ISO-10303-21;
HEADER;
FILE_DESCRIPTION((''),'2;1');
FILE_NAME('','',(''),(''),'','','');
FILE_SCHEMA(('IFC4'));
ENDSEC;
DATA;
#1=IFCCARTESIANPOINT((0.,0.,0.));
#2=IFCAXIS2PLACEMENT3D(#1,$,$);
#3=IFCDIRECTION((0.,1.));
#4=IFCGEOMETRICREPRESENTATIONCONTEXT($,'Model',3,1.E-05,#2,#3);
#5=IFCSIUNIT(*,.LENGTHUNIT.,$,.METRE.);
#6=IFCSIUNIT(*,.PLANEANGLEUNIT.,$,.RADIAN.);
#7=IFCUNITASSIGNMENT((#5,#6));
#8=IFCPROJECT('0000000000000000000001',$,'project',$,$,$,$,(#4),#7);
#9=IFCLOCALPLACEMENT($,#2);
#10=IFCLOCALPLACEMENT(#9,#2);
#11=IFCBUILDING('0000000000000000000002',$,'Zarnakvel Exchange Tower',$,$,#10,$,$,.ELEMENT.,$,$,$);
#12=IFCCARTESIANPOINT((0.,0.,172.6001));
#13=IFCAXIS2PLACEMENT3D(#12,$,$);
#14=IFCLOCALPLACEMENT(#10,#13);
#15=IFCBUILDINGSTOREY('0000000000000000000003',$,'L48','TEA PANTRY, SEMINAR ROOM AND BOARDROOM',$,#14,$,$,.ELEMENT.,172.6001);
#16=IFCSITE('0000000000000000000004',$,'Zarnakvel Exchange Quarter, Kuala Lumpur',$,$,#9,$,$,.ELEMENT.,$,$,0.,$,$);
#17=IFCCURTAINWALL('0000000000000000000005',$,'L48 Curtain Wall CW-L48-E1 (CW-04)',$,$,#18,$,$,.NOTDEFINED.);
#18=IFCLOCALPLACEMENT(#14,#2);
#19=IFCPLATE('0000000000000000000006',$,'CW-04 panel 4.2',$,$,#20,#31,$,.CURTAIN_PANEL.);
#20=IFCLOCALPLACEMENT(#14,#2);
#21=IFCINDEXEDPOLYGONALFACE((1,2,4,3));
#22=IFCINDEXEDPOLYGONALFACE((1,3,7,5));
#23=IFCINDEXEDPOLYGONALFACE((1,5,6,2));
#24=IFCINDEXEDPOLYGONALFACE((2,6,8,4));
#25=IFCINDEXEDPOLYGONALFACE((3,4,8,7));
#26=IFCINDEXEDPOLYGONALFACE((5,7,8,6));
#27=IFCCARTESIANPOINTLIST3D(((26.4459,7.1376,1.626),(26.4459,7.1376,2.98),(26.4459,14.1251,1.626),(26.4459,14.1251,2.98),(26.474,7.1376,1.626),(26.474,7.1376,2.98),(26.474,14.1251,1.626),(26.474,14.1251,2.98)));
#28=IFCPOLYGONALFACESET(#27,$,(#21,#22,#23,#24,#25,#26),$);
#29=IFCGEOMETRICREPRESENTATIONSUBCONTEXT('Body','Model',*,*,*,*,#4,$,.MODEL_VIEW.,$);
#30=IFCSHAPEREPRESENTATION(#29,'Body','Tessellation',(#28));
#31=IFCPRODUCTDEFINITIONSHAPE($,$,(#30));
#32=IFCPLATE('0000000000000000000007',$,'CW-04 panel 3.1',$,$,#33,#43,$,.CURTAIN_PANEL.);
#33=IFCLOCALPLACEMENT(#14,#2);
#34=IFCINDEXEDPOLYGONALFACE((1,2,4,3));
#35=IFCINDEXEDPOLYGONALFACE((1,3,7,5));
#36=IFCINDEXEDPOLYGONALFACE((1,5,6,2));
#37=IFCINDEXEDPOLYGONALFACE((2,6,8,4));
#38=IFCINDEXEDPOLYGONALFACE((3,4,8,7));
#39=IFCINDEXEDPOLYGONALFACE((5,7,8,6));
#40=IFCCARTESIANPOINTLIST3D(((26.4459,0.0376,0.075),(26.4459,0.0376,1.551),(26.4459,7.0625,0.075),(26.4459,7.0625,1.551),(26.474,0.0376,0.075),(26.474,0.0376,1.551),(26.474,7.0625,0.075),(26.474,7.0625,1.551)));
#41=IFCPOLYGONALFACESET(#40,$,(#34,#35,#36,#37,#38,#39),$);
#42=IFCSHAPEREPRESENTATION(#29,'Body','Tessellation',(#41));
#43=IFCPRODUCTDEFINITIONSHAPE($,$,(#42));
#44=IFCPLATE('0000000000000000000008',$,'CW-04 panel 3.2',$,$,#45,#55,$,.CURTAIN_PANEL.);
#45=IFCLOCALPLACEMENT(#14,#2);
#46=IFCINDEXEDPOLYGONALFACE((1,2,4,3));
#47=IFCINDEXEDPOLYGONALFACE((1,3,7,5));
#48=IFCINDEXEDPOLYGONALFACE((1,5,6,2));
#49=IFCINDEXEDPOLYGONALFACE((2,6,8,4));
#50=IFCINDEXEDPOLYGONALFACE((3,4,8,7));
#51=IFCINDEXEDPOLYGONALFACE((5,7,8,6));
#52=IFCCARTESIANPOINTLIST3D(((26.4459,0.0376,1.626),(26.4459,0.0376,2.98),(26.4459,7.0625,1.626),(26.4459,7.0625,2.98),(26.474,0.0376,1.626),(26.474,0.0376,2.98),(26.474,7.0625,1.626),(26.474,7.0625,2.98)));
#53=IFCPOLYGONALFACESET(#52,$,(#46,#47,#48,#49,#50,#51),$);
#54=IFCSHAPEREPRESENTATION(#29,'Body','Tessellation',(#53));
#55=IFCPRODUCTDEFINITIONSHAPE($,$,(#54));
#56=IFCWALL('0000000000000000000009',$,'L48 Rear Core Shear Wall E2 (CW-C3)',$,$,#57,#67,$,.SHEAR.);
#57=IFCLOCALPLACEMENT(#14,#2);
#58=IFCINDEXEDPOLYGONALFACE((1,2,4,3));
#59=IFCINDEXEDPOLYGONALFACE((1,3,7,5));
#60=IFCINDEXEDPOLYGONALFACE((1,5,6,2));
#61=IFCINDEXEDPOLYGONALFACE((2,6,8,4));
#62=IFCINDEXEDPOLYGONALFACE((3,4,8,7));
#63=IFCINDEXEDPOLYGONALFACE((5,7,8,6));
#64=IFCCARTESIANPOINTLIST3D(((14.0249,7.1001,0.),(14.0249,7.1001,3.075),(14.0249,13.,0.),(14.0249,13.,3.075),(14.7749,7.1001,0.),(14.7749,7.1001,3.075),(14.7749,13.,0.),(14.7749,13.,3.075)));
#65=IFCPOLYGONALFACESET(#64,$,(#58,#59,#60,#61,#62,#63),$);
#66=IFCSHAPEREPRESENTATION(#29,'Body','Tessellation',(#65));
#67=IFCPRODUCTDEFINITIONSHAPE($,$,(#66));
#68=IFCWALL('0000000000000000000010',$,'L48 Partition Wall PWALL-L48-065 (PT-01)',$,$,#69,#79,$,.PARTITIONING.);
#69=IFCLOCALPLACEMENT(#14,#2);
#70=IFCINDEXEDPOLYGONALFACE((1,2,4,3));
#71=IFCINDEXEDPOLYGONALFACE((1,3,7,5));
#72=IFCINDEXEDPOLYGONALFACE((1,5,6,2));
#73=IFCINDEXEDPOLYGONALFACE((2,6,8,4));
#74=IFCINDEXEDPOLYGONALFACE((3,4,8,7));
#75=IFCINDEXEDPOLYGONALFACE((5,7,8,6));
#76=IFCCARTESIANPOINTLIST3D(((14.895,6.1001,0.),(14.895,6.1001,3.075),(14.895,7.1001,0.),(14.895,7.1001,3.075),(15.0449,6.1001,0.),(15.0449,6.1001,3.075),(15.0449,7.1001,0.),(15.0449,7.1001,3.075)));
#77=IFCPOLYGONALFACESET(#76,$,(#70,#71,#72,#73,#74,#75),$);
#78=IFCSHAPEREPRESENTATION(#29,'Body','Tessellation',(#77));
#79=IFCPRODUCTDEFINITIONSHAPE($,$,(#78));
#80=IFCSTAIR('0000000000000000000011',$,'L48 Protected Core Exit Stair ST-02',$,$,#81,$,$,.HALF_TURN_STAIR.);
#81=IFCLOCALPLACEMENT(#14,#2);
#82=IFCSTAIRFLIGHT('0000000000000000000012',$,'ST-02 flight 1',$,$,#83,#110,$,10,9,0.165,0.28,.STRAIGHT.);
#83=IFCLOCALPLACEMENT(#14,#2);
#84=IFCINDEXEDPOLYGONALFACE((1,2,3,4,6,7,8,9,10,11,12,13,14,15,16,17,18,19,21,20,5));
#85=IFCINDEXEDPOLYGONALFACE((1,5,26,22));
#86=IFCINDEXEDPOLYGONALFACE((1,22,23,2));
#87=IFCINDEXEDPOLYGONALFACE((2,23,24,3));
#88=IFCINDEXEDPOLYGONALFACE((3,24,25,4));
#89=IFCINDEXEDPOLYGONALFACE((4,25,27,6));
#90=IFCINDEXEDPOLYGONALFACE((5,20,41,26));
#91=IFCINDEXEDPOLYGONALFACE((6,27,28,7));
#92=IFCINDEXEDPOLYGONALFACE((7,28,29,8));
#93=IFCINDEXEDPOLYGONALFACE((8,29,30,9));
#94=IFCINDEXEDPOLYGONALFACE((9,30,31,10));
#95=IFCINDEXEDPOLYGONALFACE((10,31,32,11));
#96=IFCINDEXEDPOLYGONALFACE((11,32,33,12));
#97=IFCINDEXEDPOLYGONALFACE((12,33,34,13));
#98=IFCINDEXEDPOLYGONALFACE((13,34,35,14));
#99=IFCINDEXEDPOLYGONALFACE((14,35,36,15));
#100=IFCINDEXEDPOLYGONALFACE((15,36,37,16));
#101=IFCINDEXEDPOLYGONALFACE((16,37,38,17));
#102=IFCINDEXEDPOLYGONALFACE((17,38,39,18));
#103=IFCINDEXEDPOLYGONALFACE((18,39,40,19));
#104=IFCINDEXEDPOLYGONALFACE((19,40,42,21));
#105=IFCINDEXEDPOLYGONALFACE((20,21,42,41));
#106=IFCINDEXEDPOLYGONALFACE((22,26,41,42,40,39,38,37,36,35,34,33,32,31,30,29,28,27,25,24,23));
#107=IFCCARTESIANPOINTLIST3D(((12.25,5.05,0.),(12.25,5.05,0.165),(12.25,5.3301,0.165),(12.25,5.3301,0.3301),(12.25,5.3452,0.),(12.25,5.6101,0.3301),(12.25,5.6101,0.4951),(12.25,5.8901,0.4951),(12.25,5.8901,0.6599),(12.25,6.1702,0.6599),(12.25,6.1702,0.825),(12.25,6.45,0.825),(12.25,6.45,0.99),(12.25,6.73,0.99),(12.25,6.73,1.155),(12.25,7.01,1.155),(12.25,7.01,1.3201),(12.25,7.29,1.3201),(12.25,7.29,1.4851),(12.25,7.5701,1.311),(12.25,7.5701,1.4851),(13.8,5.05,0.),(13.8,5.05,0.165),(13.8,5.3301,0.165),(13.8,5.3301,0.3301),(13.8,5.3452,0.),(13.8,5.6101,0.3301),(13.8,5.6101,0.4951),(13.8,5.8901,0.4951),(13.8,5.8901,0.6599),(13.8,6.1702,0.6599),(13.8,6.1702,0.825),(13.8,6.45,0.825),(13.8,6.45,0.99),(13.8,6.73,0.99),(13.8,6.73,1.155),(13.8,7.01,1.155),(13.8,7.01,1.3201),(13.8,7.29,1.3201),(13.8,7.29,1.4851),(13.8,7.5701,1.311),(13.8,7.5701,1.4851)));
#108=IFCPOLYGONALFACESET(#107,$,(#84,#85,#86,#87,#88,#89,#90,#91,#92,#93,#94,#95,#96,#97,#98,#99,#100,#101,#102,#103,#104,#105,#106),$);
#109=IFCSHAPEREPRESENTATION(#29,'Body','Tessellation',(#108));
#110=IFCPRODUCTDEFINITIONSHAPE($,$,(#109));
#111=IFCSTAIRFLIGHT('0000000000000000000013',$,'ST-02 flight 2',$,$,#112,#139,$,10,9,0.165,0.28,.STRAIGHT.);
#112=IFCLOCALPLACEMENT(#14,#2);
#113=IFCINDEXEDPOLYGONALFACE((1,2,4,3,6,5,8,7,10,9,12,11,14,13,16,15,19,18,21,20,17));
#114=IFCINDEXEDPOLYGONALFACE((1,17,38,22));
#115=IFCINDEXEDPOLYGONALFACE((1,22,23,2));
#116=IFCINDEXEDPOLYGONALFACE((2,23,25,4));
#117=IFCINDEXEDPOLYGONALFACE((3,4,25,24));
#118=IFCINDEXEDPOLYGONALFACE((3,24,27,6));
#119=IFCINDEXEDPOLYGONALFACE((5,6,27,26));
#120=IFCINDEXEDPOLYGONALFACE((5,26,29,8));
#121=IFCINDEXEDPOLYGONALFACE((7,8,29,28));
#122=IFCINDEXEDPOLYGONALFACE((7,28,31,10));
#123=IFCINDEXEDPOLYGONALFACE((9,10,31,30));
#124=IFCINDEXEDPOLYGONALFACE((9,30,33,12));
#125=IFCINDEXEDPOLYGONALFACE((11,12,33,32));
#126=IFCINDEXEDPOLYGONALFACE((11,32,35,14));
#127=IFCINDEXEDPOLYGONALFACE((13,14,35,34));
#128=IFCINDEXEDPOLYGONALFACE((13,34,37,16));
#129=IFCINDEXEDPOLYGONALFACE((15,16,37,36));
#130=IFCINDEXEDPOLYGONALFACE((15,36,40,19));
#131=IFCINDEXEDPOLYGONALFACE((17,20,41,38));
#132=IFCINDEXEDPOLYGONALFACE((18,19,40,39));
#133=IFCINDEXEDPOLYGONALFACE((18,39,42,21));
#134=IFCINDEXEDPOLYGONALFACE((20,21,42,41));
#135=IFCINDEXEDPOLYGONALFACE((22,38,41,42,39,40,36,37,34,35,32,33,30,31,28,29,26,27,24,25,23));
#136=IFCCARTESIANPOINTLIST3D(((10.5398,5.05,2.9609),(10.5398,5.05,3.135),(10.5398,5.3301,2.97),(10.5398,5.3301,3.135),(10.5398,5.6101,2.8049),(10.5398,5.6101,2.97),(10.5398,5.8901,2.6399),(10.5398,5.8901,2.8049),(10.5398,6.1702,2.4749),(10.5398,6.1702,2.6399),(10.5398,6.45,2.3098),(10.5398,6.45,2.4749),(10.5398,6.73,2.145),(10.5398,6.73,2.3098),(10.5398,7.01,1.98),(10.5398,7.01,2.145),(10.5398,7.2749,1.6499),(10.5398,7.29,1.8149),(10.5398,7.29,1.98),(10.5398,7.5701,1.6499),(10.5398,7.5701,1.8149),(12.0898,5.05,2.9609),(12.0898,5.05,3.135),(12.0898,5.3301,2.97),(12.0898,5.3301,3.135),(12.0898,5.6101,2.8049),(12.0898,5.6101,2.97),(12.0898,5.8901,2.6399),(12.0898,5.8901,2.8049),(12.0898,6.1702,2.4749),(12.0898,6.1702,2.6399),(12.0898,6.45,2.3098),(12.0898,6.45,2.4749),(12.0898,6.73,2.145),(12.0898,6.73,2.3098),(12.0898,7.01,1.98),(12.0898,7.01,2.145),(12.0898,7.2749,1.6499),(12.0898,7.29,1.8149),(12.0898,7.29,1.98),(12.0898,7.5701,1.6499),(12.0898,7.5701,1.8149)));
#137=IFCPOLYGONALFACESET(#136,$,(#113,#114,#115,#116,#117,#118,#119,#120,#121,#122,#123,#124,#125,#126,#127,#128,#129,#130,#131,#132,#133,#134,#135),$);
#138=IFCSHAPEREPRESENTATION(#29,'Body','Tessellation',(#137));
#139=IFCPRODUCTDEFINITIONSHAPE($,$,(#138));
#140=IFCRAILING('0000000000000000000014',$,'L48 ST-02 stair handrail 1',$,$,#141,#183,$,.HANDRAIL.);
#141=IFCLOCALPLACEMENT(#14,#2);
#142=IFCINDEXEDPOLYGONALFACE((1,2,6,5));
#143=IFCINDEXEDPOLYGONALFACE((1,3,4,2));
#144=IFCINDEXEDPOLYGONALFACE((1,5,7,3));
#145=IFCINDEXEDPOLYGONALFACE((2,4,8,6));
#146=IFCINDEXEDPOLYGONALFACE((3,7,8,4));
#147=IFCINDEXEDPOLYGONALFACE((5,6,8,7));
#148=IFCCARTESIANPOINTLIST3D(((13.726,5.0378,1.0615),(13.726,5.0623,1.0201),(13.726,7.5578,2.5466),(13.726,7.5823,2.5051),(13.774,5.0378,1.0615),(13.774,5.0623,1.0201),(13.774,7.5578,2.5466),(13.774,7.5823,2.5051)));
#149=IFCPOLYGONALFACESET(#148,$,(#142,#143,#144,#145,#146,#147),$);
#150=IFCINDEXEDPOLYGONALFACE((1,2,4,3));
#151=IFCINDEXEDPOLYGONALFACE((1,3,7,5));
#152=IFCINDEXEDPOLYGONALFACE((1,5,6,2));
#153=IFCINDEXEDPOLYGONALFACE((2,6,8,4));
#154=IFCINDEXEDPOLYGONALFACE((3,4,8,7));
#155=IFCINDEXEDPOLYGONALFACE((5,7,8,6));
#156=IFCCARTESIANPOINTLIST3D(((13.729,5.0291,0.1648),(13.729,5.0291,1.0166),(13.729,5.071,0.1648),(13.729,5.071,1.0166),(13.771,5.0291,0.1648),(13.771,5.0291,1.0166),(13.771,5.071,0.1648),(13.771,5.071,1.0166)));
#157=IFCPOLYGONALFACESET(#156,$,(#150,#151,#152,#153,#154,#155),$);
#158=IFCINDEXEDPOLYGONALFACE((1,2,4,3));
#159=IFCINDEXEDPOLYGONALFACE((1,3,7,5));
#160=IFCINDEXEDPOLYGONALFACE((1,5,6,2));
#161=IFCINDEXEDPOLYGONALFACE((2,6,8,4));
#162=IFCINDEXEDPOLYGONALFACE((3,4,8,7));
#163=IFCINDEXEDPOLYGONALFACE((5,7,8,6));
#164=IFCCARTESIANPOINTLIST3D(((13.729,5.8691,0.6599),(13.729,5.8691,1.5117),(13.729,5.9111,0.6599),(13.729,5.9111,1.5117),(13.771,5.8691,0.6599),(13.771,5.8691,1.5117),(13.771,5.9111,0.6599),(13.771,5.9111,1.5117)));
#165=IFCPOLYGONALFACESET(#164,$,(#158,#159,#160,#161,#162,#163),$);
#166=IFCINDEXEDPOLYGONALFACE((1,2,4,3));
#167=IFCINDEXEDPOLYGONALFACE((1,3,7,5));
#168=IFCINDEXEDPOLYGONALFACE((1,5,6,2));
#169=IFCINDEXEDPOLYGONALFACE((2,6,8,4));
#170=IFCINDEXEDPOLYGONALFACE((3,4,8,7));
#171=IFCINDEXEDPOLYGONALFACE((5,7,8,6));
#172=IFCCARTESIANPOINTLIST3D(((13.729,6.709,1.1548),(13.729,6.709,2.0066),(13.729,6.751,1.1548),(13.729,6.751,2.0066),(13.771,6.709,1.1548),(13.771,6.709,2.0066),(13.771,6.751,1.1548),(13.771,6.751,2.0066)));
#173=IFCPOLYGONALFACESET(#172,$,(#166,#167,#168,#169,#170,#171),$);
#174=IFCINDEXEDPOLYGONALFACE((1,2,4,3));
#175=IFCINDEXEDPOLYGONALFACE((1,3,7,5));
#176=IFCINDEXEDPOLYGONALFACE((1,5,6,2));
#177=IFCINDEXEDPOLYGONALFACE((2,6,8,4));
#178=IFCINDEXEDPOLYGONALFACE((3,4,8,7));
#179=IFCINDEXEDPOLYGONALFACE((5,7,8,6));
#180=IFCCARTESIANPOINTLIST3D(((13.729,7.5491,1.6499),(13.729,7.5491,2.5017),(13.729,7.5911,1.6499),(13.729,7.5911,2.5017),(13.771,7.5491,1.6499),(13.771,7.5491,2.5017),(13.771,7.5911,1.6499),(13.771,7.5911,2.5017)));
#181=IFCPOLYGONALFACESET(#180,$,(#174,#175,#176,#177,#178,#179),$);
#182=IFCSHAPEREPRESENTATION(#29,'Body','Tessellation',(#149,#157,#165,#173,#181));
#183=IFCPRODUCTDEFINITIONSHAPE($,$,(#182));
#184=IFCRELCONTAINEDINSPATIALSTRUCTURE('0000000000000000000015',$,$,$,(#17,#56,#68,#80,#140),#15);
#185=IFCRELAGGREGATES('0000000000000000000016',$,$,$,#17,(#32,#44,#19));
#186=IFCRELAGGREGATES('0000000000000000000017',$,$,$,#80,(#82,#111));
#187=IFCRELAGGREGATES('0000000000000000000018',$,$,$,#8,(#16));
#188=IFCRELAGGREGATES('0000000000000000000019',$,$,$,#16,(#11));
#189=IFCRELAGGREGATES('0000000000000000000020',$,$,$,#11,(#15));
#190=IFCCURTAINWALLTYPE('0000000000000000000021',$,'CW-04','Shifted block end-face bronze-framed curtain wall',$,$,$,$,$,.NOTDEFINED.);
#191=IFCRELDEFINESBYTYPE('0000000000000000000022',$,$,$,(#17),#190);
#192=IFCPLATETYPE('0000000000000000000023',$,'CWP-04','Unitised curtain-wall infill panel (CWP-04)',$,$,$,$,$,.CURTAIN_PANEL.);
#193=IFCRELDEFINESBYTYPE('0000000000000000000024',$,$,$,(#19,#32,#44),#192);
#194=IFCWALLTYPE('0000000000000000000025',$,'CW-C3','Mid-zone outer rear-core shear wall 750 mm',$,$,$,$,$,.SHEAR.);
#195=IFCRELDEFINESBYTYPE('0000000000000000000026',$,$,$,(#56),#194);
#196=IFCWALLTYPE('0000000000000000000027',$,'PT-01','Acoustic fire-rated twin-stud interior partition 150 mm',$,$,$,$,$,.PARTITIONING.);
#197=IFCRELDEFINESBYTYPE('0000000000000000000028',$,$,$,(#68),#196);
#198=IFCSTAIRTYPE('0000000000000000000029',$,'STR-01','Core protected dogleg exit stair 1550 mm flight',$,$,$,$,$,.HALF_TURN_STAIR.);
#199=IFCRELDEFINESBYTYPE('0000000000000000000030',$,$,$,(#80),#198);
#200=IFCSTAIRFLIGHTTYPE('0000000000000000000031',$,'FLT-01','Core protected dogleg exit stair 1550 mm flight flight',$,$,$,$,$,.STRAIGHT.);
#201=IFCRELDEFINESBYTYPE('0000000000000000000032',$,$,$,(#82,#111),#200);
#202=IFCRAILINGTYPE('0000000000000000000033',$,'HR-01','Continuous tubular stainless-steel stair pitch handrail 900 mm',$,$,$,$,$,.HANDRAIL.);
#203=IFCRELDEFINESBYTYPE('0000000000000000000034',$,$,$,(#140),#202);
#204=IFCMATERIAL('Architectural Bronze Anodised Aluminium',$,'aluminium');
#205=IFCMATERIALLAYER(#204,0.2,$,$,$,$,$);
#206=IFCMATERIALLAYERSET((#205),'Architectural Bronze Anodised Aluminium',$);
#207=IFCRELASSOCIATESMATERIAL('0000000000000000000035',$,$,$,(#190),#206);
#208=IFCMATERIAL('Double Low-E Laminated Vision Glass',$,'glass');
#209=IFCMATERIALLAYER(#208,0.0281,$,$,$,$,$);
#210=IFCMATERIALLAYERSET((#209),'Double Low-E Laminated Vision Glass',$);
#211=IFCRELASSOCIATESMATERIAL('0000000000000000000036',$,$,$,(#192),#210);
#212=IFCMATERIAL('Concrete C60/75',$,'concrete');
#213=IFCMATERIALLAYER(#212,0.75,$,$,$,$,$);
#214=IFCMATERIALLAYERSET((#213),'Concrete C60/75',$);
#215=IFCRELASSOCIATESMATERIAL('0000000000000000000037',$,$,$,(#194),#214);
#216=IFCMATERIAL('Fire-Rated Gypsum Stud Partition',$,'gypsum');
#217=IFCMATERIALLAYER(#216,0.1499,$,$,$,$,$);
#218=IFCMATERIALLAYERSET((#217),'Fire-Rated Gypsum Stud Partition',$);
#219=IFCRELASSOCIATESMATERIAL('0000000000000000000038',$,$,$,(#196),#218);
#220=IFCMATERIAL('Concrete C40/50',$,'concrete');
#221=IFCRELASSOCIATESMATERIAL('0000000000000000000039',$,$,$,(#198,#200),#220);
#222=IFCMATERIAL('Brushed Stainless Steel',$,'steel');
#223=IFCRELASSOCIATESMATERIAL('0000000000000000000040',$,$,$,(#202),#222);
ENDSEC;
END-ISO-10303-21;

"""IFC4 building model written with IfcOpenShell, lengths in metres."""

from ifc_helpers import new_model, si_unit, direction, frame, frame_2d, origin, origin_2d, place, context, subcontext, project, spatial, polyline, rectangle, outline, extrude, source, transform, mapped, material, layer, layer_set, type_object, element, aggregate, save


model = new_model("IFC4")

# Units and contexts
model_context = context("Model", 3, precision=1e-05, world=origin(), true_north=direction((0.0, 1.0)))
body_context = subcontext(model_context, "Body", "Model", "MODEL_VIEW")
ifc_project = project(units=[si_unit("LENGTHUNIT", "METRE"), si_unit("PLANEANGLEUNIT", "RADIAN")], contexts=[model_context])

# Site, building, storey
site_placement = place(None, origin())
site = spatial("IfcSite", under=ifc_project, at=site_placement, Name="Zarnakvel Exchange Quarter, Kuala Lumpur", CompositionType="ELEMENT", RefElevation=0.0)
building_placement = place(site_placement, origin())
building = spatial("IfcBuilding", under=site, at=building_placement, Name="Zarnakvel Exchange Tower", CompositionType="ELEMENT")
storey_placement = place(building_placement, frame((0.0, 0.0, 172.6001)))
storey = spatial("IfcBuildingStorey", under=building, at=storey_placement, Name="L48", Description="TEA PANTRY, SEMINAR ROOM AND BOARDROOM", CompositionType="ELEMENT", Elevation=172.6001)

# Shared definitions
ifc_material_1 = material(Name="Concrete C60/75", Category="concrete")

# Curtain wall, plates
ifc_material_2 = material(Name="Architectural Bronze Anodised Aluminium", Category="aluminium")
ifc_layer_1 = layer(ifc_material_2, 0.2)
ifc_layer_set_1 = layer_set([ifc_layer_1], Name="Architectural Bronze Anodised Aluminium")
curtain_wall_type = type_object("IfcCurtainWallType", Name="CW-04", Description="Shifted block end-face bronze-framed curtain wall", PredefinedType="NOTDEFINED", material=ifc_layer_set_1)
curtain_wall_placement = place(storey_placement, origin())
curtain_wall = element("IfcCurtainWall", 1, at=curtain_wall_placement, inside=storey, type_object=curtain_wall_type, Name="L48 Curtain Wall CW-L48-E1 (CW-04)", PredefinedType="NOTDEFINED")
ifc_material_3 = material(Name="Double Low-E Laminated Vision Glass", Category="glass")
ifc_layer_2 = layer(ifc_material_3, 0.0281)
ifc_layer_set_2 = layer_set([ifc_layer_2], Name="Double Low-E Laminated Vision Glass")
plate_type = type_object("IfcPlateType", Name="CWP-04", Description="Unitised curtain-wall infill panel (CWP-04)", PredefinedType="CURTAIN_PANEL", material=ifc_layer_set_2)
shared_shape_1 = source(origin(), body_context, "Body", "SweptSolid", [
    extrude(rectangle(XDim=6.9875, YDim=0.0281, at=origin_2d()), origin(), (0.0, 0.0, 1.0), 1.354),
])
plate_1_placement = place(storey_placement, frame((26.46, 10.6313, 1.626), z_axis=(0.0, 0.0, 1.0), x_axis=(0.0, 1.0, 0.0)))
plate_1 = element("IfcPlate", 2, at=plate_1_placement, type_object=plate_type, Name="CW-04 panel 4.2", PredefinedType="CURTAIN_PANEL", context=body_context, shape_type="MappedRepresentation", body=[
    mapped(shared_shape_1, transform((0.0, 0.0, 0.0), x_axis=(1.0, 0.0, 0.0), y_axis=(0.0, 1.0, 0.0), z_axis=(0.0, 0.0, 1.0), scale=1.0)),
])
shared_shape_2 = source(origin(), body_context, "Body", "SweptSolid", [
    extrude(rectangle(XDim=7.0249, YDim=0.0281, at=origin_2d()), origin(), (0.0, 0.0, 1.0), 1.4761),
])
plate_2_placement = place(storey_placement, frame((26.46, 3.55, 0.075), z_axis=(0.0, 0.0, 1.0), x_axis=(0.0, 1.0, 0.0)))
plate_2 = element("IfcPlate", 3, at=plate_2_placement, type_object=plate_type, Name="CW-04 panel 3.1", PredefinedType="CURTAIN_PANEL", context=body_context, shape_type="MappedRepresentation", body=[
    mapped(shared_shape_2, transform((0.0, 0.0, 0.0), x_axis=(1.0, 0.0, 0.0), y_axis=(0.0, 1.0, 0.0), z_axis=(0.0, 0.0, 1.0), scale=1.0)),
])
shared_shape_3 = source(origin(), body_context, "Body", "SweptSolid", [
    extrude(rectangle(XDim=7.0249, YDim=0.0281, at=origin_2d()), origin(), (0.0, 0.0, 1.0), 1.354),
])
plate_3_placement = place(storey_placement, frame((26.46, 3.55, 1.626), z_axis=(0.0, 0.0, 1.0), x_axis=(0.0, 1.0, 0.0)))
plate_3 = element("IfcPlate", 4, at=plate_3_placement, type_object=plate_type, Name="CW-04 panel 3.2", PredefinedType="CURTAIN_PANEL", context=body_context, shape_type="MappedRepresentation", body=[
    mapped(shared_shape_3, transform((0.0, 0.0, 0.0), x_axis=(1.0, 0.0, 0.0), y_axis=(0.0, 1.0, 0.0), z_axis=(0.0, 0.0, 1.0), scale=1.0)),
])
aggregate(curtain_wall, [plate_2, plate_3, plate_1])

# Walls
ifc_layer_3 = layer(ifc_material_1, 0.75)
ifc_layer_set_3 = layer_set([ifc_layer_3], Name="Concrete C60/75")
wall_type_1 = type_object("IfcWallType", Name="CW-C3", Description="Mid-zone outer rear-core shear wall 750 mm", PredefinedType="SHEAR", material=ifc_layer_set_3)
wall_1_placement = place(storey_placement, frame((14.3999, 7.1001, 0.0), z_axis=(0.0, 0.0, 1.0), x_axis=(0.0, 1.0, 0.0)))
element("IfcWall", 5, at=wall_1_placement, inside=storey, type_object=wall_type_1, Name="L48 Rear Core Shear Wall E2 (CW-C3)", PredefinedType="SHEAR", context=body_context, shape_type="SweptSolid", body=[
    extrude(rectangle(XDim=5.8999, YDim=0.75, at=frame_2d((2.95, 0.0))), origin(), (0.0, 0.0, 1.0), 3.075),
])
ifc_material_4 = material(Name="Fire-Rated Gypsum Stud Partition", Category="gypsum")
ifc_layer_4 = layer(ifc_material_4, 0.1499)
ifc_layer_set_4 = layer_set([ifc_layer_4], Name="Fire-Rated Gypsum Stud Partition")
wall_type_2 = type_object("IfcWallType", Name="PT-01", Description="Acoustic fire-rated twin-stud interior partition 150 mm", PredefinedType="PARTITIONING", material=ifc_layer_set_4)
wall_2_placement = place(storey_placement, frame((14.97, 6.1001, 0.0), z_axis=(0.0, 0.0, 1.0), x_axis=(0.0, 1.0, 0.0)))
element("IfcWall", 6, at=wall_2_placement, inside=storey, type_object=wall_type_2, Name="L48 Partition Wall PWALL-L48-065 (PT-01)", PredefinedType="PARTITIONING", context=body_context, shape_type="SweptSolid", body=[
    extrude(rectangle(XDim=1.0, YDim=0.1499, at=frame_2d((0.5, 0.0))), origin(), (0.0, 0.0, 1.0), 3.075),
])

# Shared definitions
ifc_material_5 = material(Name="Concrete C40/50", Category="concrete")

# Stair, stair flights
stair_type = type_object("IfcStairType", Name="STR-01", Description="Core protected dogleg exit stair 1550 mm flight", PredefinedType="HALF_TURN_STAIR", material=ifc_material_5)
stair_placement = place(storey_placement, origin())
stair = element("IfcStair", 7, at=stair_placement, inside=storey, type_object=stair_type, Name="L48 Protected Core Exit Stair ST-02", PredefinedType="HALF_TURN_STAIR")
stair_flight_type = type_object("IfcStairFlightType", Name="FLT-01", Description="Core protected dogleg exit stair 1550 mm flight flight", PredefinedType="STRAIGHT", material=ifc_material_5)
stair_flight_1_placement = place(storey_placement, frame((13.0249, 5.05, 0.0), z_axis=(0.0, 0.0, 1.0), x_axis=(0.0, 1.0, 0.0)))
stair_flight_1 = element("IfcStairFlight", 8, at=stair_flight_1_placement, type_object=stair_flight_type, Name="ST-02 flight 1", NumberOfRisers=10, NumberOfTreads=9, PredefinedType="STRAIGHT", RiserHeight=0.165, TreadLength=0.28, context=body_context, shape_type="SweptSolid", body=[
    extrude(outline(polyline([(0.0, 0.0), (0.0, 0.165), (0.28, 0.165), (0.28, 0.3301), (0.5601, 0.3301), (0.5601, 0.4951), (0.8401, 0.4951), (0.8401, 0.6599), (1.1201, 0.6599), (1.1201, 0.825), (1.3999, 0.825), (1.3999, 0.99), (1.6799, 0.99), (1.6799, 1.155), (1.96, 1.155), (1.96, 1.3201), (2.24, 1.3201), (2.24, 1.4851), (2.52, 1.4851), (2.52, 1.6499), (2.52, 1.311), (0.2952, 0.0), (0.0, 0.0)])), frame((0.0, 0.7749, 0.0), z_axis=(0.0, -1.0, 0.0), x_axis=(1.0, 0.0, 0.0)), (0.0, 0.0, 1.0), 1.55),
])
stair_flight_2_placement = place(storey_placement, frame((11.3149, 7.5701, 1.6499), z_axis=(0.0, 0.0, 1.0), x_axis=(0.0, -1.0, 0.0)))
stair_flight_2 = element("IfcStairFlight", 9, at=stair_flight_2_placement, type_object=stair_flight_type, Name="ST-02 flight 2", NumberOfRisers=10, NumberOfTreads=9, PredefinedType="STRAIGHT", RiserHeight=0.165, TreadLength=0.28, context=body_context, shape_type="SweptSolid", body=[
    extrude(outline(polyline([(0.0, 0.0), (0.0, 0.165), (0.28, 0.165), (0.28, 0.3301), (0.5601, 0.3301), (0.5601, 0.4951), (0.8401, 0.4951), (0.8401, 0.6599), (1.1201, 0.6599), (1.1201, 0.825), (1.3999, 0.825), (1.3999, 0.99), (1.6799, 0.99), (1.6799, 1.155), (1.96, 1.155), (1.96, 1.3201), (2.24, 1.3201), (2.24, 1.4851), (2.52, 1.4851), (2.52, 1.6499), (2.52, 1.311), (0.2952, 0.0), (0.0, 0.0)])), frame((0.0, 0.7749, 0.0), z_axis=(0.0, -1.0, 0.0), x_axis=(1.0, 0.0, 0.0)), (0.0, 0.0, 1.0), 1.55),
])
aggregate(stair, [stair_flight_1, stair_flight_2])

# Railing
ifc_material_6 = material(Name="Brushed Stainless Steel", Category="steel")
railing_type_1 = type_object("IfcRailingType", Name="HR-01", Description="Continuous tubular stainless-steel stair pitch handrail 900 mm", PredefinedType="HANDRAIL", material=ifc_material_6)
railing_1_placement = place(storey_placement, frame((13.75, 5.05, 0.1648)))
element("IfcRailing", 10, at=railing_1_placement, inside=storey, type_object=railing_type_1, Name="L48 ST-02 stair handrail 1", PredefinedType="HANDRAIL", context=body_context, shape_type="SweptSolid", body=[
    extrude(rectangle(XDim=0.0481, YDim=0.0481, at=origin_2d()), frame((0.0, 0.0, 0.876), z_axis=(0.0, 0.861524, 0.507717), x_axis=(-1.0, 0.0, 0.0)), (0.0, 0.0, 1.0), 2.925),
    extrude(rectangle(XDim=0.042, YDim=0.042, at=origin_2d()), origin(), (0.0, 0.0, 1.0), 0.8518),
    extrude(rectangle(XDim=0.042, YDim=0.042, at=origin_2d()), frame((0.0, 0.8401, 0.4951)), (0.0, 0.0, 1.0), 0.8518),
    extrude(rectangle(XDim=0.042, YDim=0.042, at=origin_2d()), frame((0.0, 1.6799, 0.99)), (0.0, 0.0, 1.0), 0.8518),
    extrude(rectangle(XDim=0.042, YDim=0.042, at=origin_2d()), frame((0.0, 2.52, 1.4851)), (0.0, 0.0, 1.0), 0.8518),
])

save(model, "model.ifc")
